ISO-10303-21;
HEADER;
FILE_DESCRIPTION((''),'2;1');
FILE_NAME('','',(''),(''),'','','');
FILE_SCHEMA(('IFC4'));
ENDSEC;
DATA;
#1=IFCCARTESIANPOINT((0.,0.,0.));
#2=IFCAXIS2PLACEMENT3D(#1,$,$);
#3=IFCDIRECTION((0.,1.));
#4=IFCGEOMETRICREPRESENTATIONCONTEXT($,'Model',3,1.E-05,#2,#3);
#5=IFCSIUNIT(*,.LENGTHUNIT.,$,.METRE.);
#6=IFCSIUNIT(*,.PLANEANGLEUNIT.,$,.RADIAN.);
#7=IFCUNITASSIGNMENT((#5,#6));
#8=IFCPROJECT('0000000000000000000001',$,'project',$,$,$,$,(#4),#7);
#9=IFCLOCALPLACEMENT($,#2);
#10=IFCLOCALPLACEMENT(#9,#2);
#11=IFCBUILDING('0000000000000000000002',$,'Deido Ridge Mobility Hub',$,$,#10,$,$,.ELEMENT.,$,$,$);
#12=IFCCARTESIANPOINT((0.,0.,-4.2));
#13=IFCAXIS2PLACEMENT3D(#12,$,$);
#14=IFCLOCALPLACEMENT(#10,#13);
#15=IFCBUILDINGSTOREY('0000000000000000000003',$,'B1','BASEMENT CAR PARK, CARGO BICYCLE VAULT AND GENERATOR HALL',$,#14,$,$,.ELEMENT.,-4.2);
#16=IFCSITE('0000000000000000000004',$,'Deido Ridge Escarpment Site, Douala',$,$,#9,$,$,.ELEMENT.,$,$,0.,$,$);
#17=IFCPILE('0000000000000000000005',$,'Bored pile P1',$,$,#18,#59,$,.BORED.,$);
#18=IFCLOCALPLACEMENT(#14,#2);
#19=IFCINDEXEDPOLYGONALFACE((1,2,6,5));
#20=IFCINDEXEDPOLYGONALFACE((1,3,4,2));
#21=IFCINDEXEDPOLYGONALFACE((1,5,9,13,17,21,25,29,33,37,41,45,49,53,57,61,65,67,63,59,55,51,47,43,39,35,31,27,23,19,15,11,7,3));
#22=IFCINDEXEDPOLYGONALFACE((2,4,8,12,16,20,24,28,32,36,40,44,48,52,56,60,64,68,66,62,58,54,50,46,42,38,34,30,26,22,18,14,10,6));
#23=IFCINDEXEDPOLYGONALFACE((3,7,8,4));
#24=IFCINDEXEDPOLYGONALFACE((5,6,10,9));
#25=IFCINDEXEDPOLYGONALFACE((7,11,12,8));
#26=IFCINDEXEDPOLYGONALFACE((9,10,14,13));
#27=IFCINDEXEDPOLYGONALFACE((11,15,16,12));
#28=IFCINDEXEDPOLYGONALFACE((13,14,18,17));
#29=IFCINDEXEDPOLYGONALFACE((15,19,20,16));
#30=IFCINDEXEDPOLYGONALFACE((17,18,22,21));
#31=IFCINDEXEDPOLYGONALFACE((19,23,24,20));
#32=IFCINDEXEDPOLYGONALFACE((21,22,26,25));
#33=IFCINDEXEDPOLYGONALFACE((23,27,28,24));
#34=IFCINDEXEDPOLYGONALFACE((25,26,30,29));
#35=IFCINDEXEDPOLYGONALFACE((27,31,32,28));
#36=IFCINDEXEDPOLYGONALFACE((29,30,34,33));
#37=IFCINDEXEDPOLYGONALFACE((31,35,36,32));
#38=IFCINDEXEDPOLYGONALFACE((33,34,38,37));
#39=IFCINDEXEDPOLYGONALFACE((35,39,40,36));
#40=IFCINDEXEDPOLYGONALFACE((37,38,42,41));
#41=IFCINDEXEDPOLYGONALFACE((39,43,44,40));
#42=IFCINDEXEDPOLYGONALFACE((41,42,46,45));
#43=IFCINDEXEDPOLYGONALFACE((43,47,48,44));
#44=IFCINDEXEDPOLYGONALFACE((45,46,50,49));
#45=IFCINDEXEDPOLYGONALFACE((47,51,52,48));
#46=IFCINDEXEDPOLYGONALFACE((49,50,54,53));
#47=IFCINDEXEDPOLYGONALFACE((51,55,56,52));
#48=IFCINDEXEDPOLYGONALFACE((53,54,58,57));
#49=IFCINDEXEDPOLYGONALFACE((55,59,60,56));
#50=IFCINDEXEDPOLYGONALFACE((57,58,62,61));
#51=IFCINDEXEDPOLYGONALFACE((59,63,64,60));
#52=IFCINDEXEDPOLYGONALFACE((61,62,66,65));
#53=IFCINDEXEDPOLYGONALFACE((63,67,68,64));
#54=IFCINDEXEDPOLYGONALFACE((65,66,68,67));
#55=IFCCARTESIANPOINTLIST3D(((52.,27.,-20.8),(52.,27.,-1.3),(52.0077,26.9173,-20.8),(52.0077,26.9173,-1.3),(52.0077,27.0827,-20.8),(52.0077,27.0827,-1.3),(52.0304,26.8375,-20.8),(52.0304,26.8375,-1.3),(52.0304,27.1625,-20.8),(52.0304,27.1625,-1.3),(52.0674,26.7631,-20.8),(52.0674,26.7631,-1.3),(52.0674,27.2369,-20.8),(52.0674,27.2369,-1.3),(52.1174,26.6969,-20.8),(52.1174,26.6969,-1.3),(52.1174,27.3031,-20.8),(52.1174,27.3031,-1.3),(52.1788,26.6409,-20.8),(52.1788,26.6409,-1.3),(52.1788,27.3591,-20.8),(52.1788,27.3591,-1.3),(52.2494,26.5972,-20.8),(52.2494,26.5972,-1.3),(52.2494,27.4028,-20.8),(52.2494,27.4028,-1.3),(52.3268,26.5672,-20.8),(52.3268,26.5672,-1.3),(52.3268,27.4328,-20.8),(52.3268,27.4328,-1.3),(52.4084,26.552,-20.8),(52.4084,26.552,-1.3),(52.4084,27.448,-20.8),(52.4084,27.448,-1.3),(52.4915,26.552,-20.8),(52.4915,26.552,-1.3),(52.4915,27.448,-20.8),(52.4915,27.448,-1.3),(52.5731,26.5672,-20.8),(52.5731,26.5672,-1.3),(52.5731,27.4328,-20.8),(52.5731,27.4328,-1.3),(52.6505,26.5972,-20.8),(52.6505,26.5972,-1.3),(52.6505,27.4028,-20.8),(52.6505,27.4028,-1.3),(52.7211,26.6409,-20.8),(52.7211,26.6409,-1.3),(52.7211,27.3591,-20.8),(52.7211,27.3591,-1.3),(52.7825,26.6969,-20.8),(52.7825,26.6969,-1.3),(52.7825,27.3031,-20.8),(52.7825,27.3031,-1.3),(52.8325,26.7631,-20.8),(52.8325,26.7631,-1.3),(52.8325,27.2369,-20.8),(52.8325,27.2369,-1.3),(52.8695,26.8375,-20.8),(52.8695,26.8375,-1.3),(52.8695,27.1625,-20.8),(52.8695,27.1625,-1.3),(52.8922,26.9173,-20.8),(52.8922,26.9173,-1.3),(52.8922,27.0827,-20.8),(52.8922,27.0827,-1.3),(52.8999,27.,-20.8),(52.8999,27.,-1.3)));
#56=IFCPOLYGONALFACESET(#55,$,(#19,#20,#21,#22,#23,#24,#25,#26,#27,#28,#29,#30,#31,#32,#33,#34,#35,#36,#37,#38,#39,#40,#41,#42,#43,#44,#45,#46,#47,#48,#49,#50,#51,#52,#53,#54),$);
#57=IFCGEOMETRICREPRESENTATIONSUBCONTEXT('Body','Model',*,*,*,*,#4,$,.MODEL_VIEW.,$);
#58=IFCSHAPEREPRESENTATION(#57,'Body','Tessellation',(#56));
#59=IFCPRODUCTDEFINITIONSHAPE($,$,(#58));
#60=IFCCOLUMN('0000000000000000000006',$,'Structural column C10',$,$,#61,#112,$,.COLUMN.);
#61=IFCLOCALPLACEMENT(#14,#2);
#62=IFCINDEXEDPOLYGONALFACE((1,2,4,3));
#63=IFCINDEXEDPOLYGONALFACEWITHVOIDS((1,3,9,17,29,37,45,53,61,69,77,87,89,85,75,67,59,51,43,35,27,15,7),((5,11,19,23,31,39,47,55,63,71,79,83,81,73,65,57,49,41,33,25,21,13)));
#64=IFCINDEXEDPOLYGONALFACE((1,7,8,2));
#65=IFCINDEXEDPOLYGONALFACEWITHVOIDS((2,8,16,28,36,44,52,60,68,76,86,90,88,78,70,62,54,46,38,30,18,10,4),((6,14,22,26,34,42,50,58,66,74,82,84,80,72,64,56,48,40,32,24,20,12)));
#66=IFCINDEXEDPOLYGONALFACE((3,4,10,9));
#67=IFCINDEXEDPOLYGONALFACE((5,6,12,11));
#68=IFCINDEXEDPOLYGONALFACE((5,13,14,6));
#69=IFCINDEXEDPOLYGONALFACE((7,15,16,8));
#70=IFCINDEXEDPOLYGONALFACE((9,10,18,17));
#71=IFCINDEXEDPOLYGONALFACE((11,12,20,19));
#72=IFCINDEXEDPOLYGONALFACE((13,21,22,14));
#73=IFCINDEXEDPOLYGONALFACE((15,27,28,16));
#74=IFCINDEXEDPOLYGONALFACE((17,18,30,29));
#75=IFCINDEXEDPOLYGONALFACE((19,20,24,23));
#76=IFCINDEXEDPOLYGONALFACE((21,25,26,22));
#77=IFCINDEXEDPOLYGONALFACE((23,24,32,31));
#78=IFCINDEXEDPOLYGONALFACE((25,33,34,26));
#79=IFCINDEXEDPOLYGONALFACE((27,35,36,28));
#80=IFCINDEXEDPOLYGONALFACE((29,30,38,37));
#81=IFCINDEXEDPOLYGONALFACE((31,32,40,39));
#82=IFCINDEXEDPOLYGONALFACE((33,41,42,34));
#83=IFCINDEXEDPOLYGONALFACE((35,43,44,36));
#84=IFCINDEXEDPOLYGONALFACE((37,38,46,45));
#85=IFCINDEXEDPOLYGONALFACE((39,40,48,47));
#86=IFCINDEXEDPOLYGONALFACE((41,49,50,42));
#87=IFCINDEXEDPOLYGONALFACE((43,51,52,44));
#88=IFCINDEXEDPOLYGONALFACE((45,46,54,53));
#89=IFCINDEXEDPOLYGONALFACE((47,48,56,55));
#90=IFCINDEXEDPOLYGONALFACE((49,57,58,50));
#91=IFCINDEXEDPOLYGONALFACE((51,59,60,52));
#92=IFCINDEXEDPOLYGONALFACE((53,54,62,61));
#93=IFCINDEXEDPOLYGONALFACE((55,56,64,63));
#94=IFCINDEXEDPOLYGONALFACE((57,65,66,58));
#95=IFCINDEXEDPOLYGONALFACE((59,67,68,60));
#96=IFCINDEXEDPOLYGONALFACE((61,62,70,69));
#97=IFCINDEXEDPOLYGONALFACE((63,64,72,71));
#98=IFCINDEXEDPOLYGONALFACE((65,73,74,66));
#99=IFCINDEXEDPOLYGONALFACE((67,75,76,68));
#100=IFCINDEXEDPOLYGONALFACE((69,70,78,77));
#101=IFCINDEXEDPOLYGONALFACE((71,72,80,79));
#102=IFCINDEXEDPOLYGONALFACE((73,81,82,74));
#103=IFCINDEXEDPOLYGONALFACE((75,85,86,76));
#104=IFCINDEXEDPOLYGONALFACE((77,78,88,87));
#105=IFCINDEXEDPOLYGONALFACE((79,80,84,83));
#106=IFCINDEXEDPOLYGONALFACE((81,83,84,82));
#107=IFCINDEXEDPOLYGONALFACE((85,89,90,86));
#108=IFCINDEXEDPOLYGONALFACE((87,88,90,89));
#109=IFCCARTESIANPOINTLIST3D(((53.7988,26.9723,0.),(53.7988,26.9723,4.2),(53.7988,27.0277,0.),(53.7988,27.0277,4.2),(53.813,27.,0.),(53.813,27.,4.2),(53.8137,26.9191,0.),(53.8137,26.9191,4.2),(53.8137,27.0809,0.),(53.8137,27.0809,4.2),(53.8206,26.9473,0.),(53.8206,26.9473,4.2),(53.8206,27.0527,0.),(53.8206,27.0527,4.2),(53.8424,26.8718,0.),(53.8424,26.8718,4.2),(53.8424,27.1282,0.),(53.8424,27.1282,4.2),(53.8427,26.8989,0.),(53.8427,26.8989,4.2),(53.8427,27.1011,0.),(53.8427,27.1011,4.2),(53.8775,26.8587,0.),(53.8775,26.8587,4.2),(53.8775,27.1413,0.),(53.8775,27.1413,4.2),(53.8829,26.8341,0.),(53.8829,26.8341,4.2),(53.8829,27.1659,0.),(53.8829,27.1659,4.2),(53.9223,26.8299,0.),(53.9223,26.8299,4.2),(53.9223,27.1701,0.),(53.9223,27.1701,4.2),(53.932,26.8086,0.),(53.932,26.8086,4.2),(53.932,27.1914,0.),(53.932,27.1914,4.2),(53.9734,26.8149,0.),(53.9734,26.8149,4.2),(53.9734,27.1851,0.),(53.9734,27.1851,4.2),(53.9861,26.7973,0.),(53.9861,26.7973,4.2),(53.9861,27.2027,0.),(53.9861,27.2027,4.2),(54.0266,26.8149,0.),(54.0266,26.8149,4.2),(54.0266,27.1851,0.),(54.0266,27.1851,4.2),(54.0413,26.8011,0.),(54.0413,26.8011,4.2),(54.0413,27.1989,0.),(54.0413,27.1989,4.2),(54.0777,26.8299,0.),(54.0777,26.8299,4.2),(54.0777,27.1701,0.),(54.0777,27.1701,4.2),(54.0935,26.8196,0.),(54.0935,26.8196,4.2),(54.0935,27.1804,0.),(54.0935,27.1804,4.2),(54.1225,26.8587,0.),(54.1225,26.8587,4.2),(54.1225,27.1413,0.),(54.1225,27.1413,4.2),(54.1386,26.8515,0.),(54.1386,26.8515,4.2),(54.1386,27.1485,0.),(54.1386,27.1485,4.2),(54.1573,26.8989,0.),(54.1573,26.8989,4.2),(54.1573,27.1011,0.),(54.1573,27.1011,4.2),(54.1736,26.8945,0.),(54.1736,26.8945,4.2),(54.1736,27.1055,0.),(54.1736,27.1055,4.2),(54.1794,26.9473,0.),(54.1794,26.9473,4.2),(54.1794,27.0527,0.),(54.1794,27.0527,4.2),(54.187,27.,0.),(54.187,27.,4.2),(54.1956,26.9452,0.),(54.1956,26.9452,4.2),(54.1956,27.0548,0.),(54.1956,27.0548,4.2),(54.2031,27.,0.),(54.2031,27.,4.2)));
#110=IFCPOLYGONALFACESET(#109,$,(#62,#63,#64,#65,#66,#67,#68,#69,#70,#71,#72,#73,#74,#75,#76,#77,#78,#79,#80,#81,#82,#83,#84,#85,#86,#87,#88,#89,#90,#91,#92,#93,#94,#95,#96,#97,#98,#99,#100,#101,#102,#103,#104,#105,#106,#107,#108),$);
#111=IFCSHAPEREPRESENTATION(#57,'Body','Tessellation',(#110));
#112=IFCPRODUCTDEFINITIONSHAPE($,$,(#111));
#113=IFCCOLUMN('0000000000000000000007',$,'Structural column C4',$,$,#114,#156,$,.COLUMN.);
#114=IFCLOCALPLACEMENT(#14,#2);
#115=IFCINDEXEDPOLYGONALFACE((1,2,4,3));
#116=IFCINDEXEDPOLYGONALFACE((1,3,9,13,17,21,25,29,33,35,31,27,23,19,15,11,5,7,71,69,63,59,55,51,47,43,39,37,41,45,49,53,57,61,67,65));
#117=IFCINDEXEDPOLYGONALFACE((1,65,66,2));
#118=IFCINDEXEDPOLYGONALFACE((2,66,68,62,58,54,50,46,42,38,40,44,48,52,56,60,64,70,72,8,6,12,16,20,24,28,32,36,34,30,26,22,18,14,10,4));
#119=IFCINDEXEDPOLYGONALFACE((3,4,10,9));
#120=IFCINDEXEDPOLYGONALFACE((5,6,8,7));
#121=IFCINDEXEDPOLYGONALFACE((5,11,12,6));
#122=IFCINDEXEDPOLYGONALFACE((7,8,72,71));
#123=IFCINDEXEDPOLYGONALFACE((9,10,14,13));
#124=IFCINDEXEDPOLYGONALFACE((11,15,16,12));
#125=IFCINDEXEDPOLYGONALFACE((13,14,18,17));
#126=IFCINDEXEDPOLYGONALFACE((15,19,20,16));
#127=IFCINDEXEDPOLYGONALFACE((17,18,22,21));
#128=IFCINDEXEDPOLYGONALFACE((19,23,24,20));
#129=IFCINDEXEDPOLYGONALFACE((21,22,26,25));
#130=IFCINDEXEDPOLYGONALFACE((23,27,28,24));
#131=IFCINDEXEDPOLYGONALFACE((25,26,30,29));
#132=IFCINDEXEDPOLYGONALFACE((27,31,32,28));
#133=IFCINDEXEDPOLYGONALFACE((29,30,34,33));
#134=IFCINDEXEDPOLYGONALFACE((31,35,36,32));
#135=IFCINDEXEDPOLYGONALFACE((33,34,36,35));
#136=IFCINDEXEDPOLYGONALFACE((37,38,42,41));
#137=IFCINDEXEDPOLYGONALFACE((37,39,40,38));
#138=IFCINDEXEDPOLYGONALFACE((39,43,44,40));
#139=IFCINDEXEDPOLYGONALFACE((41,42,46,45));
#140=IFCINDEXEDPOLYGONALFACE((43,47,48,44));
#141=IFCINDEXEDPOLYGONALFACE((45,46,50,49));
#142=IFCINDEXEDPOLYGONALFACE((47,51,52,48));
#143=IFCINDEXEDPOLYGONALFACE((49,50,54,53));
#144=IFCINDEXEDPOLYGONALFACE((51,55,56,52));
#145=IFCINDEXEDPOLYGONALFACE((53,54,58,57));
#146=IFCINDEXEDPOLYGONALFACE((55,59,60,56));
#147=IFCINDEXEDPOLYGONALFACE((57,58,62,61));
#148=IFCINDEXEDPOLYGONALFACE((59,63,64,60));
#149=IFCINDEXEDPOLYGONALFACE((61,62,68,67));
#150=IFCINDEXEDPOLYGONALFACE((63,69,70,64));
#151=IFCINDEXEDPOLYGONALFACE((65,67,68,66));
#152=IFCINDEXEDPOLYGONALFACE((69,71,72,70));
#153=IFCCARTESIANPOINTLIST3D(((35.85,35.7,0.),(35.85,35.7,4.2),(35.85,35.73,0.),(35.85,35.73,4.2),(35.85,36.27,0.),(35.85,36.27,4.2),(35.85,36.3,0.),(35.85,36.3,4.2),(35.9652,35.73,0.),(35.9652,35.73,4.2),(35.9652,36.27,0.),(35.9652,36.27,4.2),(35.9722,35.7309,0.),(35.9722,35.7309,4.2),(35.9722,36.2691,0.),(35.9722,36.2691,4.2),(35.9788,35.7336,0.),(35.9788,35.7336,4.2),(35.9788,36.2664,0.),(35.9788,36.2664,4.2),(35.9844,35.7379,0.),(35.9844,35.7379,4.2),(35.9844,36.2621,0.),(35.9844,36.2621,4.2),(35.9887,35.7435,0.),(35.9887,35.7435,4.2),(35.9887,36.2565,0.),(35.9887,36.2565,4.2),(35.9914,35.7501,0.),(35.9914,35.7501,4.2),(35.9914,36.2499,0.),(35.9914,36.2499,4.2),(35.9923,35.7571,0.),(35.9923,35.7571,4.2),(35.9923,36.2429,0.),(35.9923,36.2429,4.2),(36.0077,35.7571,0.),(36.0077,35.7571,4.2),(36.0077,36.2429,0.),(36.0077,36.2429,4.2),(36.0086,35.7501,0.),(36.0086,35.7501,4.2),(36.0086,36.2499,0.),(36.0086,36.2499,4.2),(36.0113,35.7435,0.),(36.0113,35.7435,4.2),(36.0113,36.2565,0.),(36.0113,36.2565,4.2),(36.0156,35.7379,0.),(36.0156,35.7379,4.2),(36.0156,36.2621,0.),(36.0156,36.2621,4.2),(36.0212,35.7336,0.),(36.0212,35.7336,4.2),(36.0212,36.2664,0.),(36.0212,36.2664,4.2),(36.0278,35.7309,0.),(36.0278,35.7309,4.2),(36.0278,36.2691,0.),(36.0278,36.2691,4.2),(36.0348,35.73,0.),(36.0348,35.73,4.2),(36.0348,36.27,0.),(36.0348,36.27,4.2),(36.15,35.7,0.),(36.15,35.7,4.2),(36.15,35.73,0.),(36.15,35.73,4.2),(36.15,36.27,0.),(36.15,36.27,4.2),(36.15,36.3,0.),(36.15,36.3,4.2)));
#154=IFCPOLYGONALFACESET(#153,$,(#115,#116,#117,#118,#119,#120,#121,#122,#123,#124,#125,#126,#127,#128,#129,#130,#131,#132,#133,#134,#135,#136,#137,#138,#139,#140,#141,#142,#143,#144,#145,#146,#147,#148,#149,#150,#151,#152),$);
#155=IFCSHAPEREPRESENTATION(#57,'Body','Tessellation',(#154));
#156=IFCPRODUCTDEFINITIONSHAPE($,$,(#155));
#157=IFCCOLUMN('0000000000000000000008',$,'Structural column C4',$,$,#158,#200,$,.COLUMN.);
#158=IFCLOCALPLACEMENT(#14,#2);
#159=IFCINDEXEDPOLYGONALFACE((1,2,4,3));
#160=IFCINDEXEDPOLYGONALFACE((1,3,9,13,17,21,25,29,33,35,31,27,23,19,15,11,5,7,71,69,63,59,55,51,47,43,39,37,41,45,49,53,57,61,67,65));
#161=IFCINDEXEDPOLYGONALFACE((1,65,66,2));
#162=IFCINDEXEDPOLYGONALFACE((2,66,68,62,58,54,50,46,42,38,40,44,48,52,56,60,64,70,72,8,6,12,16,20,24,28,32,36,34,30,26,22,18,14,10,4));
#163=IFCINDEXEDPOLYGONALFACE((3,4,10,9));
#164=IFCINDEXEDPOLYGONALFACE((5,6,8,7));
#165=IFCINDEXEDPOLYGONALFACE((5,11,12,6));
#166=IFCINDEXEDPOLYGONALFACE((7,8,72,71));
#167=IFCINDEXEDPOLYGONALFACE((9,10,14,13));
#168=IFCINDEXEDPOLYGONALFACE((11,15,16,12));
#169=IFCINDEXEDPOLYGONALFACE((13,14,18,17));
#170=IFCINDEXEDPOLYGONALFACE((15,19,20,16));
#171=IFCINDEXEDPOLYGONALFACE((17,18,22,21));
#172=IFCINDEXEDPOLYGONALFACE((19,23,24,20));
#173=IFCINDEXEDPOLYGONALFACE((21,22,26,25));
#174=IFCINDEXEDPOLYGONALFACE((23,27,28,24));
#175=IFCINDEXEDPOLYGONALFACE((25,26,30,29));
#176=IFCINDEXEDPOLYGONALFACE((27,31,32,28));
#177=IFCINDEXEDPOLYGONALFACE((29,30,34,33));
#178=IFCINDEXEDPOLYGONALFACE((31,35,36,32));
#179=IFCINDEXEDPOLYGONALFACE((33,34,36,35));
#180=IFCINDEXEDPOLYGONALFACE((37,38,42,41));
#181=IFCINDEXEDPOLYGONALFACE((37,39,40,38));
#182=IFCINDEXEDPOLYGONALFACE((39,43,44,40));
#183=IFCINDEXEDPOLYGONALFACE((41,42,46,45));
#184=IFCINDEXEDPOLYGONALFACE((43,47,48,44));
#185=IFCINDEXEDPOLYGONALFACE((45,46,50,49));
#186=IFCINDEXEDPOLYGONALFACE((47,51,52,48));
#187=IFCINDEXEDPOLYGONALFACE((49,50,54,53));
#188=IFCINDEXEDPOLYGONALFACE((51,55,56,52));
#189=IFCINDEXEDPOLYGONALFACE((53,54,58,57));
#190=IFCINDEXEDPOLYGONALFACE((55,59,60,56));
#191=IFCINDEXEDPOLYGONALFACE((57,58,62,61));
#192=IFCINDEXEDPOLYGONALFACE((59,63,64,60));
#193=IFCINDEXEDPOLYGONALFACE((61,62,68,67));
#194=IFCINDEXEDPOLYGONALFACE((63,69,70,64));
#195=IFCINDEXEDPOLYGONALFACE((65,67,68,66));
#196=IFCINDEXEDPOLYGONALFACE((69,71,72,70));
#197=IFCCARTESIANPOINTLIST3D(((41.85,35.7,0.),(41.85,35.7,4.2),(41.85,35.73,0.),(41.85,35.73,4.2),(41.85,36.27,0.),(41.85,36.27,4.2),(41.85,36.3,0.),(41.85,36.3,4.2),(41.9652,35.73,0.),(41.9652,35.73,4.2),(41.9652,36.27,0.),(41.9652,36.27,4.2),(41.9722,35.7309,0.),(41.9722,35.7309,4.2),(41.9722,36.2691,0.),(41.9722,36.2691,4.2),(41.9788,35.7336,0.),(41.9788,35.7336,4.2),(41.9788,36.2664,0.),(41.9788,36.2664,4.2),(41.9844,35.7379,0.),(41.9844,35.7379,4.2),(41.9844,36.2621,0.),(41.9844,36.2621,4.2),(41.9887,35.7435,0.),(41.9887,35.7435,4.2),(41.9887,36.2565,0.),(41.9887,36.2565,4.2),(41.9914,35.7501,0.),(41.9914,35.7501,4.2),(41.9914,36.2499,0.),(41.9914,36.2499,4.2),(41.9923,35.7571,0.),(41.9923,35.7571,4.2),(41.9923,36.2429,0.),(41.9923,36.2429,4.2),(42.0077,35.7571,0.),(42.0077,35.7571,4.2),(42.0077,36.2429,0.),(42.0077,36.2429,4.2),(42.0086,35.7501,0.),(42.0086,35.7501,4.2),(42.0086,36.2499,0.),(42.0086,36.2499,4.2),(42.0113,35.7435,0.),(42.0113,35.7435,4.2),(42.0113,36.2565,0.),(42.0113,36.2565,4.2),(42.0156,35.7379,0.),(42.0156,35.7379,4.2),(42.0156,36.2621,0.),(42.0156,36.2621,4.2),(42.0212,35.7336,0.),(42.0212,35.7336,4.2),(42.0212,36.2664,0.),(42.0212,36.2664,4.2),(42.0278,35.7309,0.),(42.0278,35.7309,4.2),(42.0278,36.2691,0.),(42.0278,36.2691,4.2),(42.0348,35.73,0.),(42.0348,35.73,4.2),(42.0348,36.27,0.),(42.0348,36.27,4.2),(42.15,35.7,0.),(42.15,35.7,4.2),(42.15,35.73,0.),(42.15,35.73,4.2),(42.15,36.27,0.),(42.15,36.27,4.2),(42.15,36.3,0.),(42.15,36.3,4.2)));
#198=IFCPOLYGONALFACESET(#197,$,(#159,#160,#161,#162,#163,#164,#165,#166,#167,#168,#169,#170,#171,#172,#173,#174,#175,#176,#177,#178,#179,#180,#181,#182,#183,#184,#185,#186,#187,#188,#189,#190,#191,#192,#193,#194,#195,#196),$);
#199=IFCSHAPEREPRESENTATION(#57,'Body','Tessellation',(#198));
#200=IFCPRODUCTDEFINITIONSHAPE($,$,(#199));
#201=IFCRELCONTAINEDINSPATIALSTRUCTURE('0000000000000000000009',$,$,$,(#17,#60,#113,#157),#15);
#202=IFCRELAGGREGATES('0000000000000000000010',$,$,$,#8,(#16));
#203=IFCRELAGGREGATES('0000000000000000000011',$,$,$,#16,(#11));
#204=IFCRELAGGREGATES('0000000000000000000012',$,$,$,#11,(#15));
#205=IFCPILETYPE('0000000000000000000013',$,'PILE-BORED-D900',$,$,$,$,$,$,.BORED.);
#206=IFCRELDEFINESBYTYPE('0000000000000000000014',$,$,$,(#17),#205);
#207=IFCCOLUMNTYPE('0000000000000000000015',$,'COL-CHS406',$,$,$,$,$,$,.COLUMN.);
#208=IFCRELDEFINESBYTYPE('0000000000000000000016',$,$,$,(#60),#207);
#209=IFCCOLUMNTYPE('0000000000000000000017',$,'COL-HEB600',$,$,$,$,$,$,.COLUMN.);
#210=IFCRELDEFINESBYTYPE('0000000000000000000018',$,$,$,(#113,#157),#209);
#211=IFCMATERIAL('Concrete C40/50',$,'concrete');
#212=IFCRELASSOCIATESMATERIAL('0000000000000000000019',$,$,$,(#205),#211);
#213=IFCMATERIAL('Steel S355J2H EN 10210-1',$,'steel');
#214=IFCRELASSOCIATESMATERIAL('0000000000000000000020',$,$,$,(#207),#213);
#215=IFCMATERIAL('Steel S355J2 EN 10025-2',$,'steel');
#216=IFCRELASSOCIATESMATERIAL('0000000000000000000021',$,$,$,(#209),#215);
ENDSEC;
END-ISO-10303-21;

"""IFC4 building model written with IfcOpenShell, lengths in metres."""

from ifc_helpers import new_model, si_unit, direction, frame, origin, origin_2d, place, context, subcontext, project, spatial, circle, hollow_circle, i_section, extrude, material, material_profile, profile_set, type_object, element, save


model = new_model("IFC4")

# Units and contexts
model_context = context("Model", 3, precision=1e-05, world=origin(), true_north=direction((0.0, 1.0)))
body_context = subcontext(model_context, "Body", "Model", "MODEL_VIEW")
ifc_project = project(units=[si_unit("LENGTHUNIT", "METRE"), si_unit("PLANEANGLEUNIT", "RADIAN")], contexts=[model_context])

# Site, building, storey
site_placement = place(None, origin())
site = spatial("IfcSite", under=ifc_project, at=site_placement, Name="Deido Ridge Escarpment Site, Douala", CompositionType="ELEMENT", RefElevation=0.0)
building_placement = place(site_placement, origin())
building = spatial("IfcBuilding", under=site, at=building_placement, Name="Deido Ridge Mobility Hub", CompositionType="ELEMENT")
storey_placement = place(building_placement, frame((0.0, 0.0, -4.2)))
storey = spatial("IfcBuildingStorey", under=building, at=storey_placement, Name="B1", Description="BASEMENT CAR PARK, CARGO BICYCLE VAULT AND GENERATOR HALL", CompositionType="ELEMENT", Elevation=-4.2)

# Shared definitions
ifc_material_1 = material(Name="Concrete C40/50", Category="concrete")

# Pile
ifc_material_profile_1 = material_profile(ifc_material_1, circle(Radius=0.45, at=origin_2d()), Name="BORED PILE D900")
ifc_profile_set_1 = profile_set([ifc_material_profile_1], Name="Concrete C40/50")
pile_type = type_object("IfcPileType", Name="PILE-BORED-D900", PredefinedType="BORED", material=ifc_profile_set_1)
for number, where, z_axis, x_axis, name in (
    (1, (52.45, 27.0, -1.3), (0.0, 0.0, -1.0), (1.0, 0.0, 0.0), "Bored pile P1"),
):
    element("IfcPile", number, at=place(storey_placement, frame(where, z_axis=z_axis, x_axis=x_axis)), inside=storey, type_object=pile_type, Name=name, PredefinedType="BORED", context=body_context, shape_type="SweptSolid", body=[
        extrude(circle(Radius=0.45, at=origin_2d()), origin(), (0.0, 0.0, 1.0), 19.5),
    ])

# Columns
ifc_material_2 = material(Name="Steel S355J2H EN 10210-1", Category="steel")
ifc_material_profile_2 = material_profile(ifc_material_2, hollow_circle(Radius=0.2031, WallThickness=0.0161, at=origin_2d()), Name="CHS 406.4x16")
ifc_profile_set_2 = profile_set([ifc_material_profile_2], Name="Steel S355J2H EN 10210-1")
column_type_1 = type_object("IfcColumnType", Name="COL-CHS406", PredefinedType="COLUMN", material=ifc_profile_set_2)
column_placement = place(storey_placement, frame((54.0, 27.0, 0.0), z_axis=(0.0, 0.0, 1.0), x_axis=(1.0, 0.0, 0.0)))
element("IfcColumn", 2, at=column_placement, inside=storey, type_object=column_type_1, Name="Structural column C10", PredefinedType="COLUMN", context=body_context, shape_type="SweptSolid", body=[
    extrude(hollow_circle(Radius=0.2031, WallThickness=0.0161, at=origin_2d()), origin(), (0.0, 0.0, 1.0), 4.2),
])
ifc_material_3 = material(Name="Steel S355J2 EN 10025-2", Category="steel")
ifc_material_profile_3 = material_profile(ifc_material_3, i_section(OverallWidth=0.3, OverallDepth=0.6001, WebThickness=0.0154, FlangeThickness=0.03, FilletRadius=0.0271, at=origin_2d()), Name="HEB 600")
ifc_profile_set_3 = profile_set([ifc_material_profile_3], Name="Steel S355J2 EN 10025-2")
column_type_2 = type_object("IfcColumnType", Name="COL-HEB600", PredefinedType="COLUMN", material=ifc_profile_set_3)
for number, where, z_axis, x_axis, name in (
    (3, (36.0, 36.0, 0.0), (0.0, 0.0, 1.0), (1.0, 0.0, 0.0), "Structural column C4"),
    (4, (42.0, 36.0, 0.0), (0.0, 0.0, 1.0), (1.0, 0.0, 0.0), "Structural column C4"),
):
    element("IfcColumn", number, at=place(storey_placement, frame(where, z_axis=z_axis, x_axis=x_axis)), inside=storey, type_object=column_type_2, Name=name, PredefinedType="COLUMN", context=body_context, shape_type="SweptSolid", body=[
        extrude(i_section(OverallWidth=0.3, OverallDepth=0.6001, WebThickness=0.0154, FlangeThickness=0.03, FilletRadius=0.0271, at=origin_2d()), origin(), (0.0, 0.0, 1.0), 4.2),
    ])

save(model, "model.ifc")
